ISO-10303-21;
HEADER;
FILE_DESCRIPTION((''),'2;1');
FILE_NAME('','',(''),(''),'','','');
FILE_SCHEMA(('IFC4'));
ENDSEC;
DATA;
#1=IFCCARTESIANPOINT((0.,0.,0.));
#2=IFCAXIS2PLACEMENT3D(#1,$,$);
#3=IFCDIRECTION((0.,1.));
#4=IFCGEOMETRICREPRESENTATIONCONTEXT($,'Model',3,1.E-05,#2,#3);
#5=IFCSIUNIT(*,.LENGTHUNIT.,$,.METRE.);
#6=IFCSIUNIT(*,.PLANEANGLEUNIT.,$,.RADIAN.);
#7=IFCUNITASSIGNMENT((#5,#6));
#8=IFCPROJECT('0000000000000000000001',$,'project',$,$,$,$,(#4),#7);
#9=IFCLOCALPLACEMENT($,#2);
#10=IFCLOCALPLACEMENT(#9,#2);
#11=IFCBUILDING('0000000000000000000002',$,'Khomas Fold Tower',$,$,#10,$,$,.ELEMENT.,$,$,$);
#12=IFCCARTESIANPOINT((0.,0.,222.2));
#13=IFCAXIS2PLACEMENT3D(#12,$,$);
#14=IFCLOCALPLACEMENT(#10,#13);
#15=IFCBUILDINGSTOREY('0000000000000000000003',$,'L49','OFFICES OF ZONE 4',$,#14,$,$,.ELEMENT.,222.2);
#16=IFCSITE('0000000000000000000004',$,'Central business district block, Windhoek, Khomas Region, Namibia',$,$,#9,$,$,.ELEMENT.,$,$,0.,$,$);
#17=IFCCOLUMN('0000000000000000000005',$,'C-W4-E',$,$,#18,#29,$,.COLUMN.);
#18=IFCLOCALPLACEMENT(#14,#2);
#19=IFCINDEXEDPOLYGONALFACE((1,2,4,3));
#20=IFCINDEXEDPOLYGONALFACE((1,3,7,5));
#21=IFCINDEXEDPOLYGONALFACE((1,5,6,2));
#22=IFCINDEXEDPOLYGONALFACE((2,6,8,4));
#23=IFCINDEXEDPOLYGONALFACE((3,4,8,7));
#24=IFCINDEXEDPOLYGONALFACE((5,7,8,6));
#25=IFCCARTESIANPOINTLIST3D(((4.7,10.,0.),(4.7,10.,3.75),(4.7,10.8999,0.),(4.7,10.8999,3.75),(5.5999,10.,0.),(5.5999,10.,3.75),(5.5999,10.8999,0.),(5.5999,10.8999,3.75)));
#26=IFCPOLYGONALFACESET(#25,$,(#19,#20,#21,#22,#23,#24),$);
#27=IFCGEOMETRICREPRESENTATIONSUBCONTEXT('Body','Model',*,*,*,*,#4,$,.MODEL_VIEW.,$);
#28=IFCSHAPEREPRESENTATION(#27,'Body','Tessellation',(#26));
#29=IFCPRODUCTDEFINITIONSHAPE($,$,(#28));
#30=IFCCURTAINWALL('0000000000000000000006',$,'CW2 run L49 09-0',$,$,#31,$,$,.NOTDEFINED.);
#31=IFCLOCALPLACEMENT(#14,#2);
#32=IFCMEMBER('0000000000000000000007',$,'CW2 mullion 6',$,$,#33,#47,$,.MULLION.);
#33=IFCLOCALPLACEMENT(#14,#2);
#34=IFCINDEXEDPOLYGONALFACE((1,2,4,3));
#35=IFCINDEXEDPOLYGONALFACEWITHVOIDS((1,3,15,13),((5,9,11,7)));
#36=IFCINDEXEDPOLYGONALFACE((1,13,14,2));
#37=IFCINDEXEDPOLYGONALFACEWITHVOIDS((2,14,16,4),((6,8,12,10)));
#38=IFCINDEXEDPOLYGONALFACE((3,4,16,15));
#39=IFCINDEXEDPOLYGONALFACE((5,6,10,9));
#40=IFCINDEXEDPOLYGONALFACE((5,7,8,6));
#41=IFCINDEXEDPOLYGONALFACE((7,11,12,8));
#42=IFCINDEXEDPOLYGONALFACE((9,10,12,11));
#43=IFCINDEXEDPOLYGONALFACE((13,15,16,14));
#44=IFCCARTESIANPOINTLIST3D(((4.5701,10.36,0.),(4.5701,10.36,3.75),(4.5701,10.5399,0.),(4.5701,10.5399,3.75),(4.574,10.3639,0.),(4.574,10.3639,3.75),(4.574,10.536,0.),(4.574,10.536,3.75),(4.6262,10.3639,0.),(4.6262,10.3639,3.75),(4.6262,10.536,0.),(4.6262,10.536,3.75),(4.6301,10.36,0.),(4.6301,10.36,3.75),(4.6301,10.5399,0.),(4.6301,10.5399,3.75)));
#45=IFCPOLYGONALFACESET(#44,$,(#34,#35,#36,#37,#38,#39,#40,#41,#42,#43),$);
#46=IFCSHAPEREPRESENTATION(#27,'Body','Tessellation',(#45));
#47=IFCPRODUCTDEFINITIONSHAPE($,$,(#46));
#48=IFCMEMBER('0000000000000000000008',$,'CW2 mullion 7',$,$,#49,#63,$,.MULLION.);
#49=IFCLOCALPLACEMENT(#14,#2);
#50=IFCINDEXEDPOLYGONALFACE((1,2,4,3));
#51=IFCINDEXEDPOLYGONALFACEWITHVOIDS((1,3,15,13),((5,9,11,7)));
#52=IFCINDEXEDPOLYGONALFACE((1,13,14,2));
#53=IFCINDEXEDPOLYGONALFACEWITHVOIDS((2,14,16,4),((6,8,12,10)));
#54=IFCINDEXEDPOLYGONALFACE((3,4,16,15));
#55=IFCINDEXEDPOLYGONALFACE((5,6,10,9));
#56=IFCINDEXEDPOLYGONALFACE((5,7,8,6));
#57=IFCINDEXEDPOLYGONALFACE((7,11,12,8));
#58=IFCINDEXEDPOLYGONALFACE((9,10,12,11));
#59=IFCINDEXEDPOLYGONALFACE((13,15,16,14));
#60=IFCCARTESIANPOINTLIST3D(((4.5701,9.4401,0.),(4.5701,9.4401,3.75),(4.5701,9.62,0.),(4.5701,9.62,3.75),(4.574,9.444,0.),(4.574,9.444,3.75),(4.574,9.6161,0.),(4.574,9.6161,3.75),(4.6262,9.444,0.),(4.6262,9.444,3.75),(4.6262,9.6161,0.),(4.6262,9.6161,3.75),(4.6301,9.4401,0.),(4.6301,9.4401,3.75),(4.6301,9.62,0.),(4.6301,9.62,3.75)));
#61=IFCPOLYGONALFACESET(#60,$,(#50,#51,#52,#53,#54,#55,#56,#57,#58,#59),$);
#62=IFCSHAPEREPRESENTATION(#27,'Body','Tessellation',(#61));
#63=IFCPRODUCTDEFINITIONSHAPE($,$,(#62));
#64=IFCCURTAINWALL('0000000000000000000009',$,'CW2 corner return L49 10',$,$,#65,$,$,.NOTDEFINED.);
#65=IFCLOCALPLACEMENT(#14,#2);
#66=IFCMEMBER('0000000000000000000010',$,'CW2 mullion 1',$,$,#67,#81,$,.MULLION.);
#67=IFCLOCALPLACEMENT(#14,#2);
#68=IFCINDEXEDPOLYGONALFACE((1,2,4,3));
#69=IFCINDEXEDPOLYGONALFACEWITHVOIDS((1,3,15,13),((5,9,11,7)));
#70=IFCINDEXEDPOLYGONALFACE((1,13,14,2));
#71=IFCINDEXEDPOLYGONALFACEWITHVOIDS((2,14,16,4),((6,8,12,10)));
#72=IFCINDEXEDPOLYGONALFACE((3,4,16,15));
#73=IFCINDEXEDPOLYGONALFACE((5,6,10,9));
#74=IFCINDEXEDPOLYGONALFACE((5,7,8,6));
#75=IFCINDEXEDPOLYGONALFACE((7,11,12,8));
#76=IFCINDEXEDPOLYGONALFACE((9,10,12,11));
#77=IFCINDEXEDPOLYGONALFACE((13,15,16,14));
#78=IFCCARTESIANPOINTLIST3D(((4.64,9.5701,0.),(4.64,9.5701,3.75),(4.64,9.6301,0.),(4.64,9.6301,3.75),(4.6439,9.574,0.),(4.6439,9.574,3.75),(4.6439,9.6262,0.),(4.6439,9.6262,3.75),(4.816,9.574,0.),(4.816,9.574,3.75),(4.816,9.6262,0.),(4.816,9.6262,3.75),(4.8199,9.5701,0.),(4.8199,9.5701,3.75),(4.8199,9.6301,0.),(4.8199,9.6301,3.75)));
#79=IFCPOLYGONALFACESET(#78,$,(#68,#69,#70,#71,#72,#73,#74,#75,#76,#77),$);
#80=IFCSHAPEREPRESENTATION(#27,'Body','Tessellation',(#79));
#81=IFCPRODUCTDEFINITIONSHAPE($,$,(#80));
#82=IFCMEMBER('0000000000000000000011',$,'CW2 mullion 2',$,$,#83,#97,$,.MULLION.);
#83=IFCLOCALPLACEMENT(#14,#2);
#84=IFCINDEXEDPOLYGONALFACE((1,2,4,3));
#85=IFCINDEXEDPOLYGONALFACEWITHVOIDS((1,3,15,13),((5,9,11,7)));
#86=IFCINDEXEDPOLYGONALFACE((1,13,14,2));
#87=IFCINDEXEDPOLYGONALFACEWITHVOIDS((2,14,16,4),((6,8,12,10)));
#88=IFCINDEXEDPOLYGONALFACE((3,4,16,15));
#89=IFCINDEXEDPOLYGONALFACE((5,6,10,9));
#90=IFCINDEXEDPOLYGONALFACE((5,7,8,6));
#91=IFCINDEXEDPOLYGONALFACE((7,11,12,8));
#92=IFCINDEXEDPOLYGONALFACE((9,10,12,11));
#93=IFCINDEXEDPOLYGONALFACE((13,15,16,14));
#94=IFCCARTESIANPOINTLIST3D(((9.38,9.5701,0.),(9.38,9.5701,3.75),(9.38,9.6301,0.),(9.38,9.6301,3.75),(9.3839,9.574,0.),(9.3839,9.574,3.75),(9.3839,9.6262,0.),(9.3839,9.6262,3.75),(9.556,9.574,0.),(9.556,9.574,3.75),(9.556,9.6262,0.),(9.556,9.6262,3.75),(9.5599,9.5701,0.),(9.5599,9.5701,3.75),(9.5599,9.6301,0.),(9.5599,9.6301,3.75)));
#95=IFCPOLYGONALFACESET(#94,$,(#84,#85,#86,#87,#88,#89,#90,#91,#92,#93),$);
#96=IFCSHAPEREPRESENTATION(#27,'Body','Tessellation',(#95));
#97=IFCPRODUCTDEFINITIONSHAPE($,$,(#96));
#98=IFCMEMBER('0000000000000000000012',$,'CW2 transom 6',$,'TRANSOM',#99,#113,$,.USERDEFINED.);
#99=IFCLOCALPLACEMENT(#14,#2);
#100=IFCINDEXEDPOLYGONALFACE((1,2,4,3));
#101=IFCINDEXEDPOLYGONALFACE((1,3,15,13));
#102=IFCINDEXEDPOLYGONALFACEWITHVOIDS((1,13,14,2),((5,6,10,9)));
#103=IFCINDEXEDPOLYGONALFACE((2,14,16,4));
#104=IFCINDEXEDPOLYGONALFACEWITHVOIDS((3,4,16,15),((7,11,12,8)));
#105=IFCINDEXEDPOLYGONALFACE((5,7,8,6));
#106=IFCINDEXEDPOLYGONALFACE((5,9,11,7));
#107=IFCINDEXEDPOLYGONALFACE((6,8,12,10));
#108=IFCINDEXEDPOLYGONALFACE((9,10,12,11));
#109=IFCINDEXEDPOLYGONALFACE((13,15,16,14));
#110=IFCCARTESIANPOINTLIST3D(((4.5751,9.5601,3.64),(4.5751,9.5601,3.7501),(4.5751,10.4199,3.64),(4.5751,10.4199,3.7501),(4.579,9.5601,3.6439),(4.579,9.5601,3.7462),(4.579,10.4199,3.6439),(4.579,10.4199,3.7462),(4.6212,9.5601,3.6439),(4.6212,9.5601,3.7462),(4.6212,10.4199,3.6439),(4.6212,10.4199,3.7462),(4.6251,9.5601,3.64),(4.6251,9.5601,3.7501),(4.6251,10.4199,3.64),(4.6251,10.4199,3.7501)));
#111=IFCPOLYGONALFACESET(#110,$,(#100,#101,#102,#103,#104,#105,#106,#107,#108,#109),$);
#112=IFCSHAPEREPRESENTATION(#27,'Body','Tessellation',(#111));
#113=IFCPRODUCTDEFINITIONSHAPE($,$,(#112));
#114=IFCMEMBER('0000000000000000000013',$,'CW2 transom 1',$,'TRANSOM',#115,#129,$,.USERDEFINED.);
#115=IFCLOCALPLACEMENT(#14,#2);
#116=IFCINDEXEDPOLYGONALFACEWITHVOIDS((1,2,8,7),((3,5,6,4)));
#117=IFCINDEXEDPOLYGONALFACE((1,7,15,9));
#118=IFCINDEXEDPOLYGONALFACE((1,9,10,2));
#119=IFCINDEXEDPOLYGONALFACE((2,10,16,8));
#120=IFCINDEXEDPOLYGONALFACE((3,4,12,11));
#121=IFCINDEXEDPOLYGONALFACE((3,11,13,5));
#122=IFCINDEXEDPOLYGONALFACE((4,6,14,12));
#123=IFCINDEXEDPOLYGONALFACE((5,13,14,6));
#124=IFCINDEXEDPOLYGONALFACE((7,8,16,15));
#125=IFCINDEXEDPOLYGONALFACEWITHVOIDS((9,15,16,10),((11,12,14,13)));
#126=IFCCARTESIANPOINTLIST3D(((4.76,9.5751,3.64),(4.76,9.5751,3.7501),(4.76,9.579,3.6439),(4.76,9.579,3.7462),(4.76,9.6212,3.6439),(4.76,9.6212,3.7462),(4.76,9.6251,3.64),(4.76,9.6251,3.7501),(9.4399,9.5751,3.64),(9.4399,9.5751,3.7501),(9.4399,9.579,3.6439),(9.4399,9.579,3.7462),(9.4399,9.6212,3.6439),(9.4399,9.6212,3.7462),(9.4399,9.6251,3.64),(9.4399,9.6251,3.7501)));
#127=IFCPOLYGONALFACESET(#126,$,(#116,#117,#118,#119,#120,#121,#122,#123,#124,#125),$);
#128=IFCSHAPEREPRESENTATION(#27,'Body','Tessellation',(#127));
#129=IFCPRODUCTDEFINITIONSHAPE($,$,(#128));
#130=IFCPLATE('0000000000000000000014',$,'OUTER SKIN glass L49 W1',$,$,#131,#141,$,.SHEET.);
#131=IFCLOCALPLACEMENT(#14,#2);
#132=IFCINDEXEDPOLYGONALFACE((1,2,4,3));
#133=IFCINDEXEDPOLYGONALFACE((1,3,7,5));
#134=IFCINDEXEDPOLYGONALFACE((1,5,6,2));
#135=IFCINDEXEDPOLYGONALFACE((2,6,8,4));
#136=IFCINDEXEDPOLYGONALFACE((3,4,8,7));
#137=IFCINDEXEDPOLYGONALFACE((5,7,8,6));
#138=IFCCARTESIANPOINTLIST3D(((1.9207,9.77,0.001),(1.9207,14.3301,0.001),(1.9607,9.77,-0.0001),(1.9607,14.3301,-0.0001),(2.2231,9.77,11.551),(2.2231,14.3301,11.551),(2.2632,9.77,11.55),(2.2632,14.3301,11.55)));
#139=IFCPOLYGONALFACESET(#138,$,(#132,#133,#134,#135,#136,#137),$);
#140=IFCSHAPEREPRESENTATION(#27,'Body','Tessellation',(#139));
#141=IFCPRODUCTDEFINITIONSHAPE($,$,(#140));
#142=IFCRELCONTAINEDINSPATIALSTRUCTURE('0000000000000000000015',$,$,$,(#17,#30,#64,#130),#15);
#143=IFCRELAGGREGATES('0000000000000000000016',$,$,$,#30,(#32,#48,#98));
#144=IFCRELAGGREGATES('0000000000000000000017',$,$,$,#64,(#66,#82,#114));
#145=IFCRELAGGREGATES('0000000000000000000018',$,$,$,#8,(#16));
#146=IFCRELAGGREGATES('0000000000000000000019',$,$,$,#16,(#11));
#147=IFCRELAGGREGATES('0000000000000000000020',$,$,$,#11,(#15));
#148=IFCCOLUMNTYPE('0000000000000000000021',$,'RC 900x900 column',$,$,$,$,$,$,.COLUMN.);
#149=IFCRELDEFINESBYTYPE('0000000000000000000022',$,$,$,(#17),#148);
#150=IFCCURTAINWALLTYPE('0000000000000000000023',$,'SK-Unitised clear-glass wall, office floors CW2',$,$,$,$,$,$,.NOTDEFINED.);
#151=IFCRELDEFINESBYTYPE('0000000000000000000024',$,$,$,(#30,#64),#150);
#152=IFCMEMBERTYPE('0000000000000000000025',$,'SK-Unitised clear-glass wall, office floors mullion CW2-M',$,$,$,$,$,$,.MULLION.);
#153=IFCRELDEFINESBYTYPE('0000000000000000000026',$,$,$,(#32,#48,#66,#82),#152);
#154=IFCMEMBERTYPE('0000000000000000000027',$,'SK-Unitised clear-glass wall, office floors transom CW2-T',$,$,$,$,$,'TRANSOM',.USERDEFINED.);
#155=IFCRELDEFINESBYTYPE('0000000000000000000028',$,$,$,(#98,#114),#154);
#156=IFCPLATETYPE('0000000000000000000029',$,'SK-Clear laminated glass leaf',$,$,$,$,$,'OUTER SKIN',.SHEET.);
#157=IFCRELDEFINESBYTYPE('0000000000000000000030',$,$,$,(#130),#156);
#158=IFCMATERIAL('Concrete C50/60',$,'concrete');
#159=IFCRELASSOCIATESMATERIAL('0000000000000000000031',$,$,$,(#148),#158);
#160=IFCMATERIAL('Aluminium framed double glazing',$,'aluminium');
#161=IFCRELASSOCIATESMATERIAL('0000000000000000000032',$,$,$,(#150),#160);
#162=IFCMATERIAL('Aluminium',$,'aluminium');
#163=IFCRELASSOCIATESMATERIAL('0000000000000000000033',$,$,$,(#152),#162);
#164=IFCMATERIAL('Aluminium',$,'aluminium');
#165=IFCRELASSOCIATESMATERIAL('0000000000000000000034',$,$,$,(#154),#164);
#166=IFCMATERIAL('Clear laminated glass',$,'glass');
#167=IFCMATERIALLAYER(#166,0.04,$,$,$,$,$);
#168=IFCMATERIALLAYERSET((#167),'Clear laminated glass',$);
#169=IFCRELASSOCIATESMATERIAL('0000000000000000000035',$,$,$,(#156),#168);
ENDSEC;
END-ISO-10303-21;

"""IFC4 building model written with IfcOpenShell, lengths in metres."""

from ifc_helpers import new_model, si_unit, direction, frame, origin, origin_2d, place, context, subcontext, project, spatial, polyline, rectangle, hollow_rectangle, outline, extrude, source, transform, mapped, material, layer, layer_set, material_profile, profile_set, type_object, element, aggregate, save


model = new_model("IFC4")

# Units and contexts
model_context = context("Model", 3, precision=1e-05, world=origin(), true_north=direction((0.0, 1.0)))
body_context = subcontext(model_context, "Body", "Model", "MODEL_VIEW")
ifc_project = project(units=[si_unit("LENGTHUNIT", "METRE"), si_unit("PLANEANGLEUNIT", "RADIAN")], contexts=[model_context])

# Site, building, storey
site_placement = place(None, origin())
site = spatial("IfcSite", under=ifc_project, at=site_placement, Name="Central business district block, Windhoek, Khomas Region, Namibia", CompositionType="ELEMENT", RefElevation=0.0)
building_placement = place(site_placement, origin())
building = spatial("IfcBuilding", under=site, at=building_placement, Name="Khomas Fold Tower", CompositionType="ELEMENT")
storey_placement = place(building_placement, frame((0.0, 0.0, 222.2)))
storey = spatial("IfcBuildingStorey", under=building, at=storey_placement, Name="L49", Description="OFFICES OF ZONE 4", CompositionType="ELEMENT", Elevation=222.2)

# Column
ifc_material_1 = material(Name="Concrete C50/60", Category="concrete")
ifc_material_profile_1 = material_profile(ifc_material_1, rectangle(XDim=0.8999, YDim=0.8999, at=origin_2d()), Name="RC 900x900")
ifc_profile_set_1 = profile_set([ifc_material_profile_1], Name="Concrete C50/60")
column_type = type_object("IfcColumnType", Name="RC 900x900 column", PredefinedType="COLUMN", material=ifc_profile_set_1)
shared_shape_1 = source(origin(), body_context, "Body", "SweptSolid", [
    extrude(rectangle(XDim=0.8999, YDim=0.8999, at=origin_2d()), origin(), (0.0, 0.0, 1.0), 3.75),
])
column_placement = place(storey_placement, frame((5.1499, 10.45, 0.0), z_axis=(0.0, 0.0, 1.0), x_axis=(1.0, 0.0, 0.0)))
element("IfcColumn", 1, at=column_placement, inside=storey, type_object=column_type, Name="C-W4-E", PredefinedType="COLUMN", context=body_context, shape_type="MappedRepresentation", body=[
    mapped(shared_shape_1, transform((0.0, 0.0, 0.0))),
])

# Curtain walls, members
ifc_material_2 = material(Name="Aluminium framed double glazing", Category="aluminium")
curtain_wall_type = type_object("IfcCurtainWallType", Name="SK-Unitised clear-glass wall, office floors CW2", PredefinedType="NOTDEFINED", material=ifc_material_2)
curtain_wall_1_placement = place(storey_placement, origin())
curtain_wall_1 = element("IfcCurtainWall", 2, at=curtain_wall_1_placement, inside=storey, type_object=curtain_wall_type, Name="CW2 run L49 09-0", PredefinedType="NOTDEFINED")
ifc_material_3 = material(Name="Aluminium", Category="aluminium")
ifc_material_profile_2 = material_profile(ifc_material_3, hollow_rectangle(XDim=0.0601, YDim=0.1799, WallThickness=0.0039, at=origin_2d()), Name="SK-Unitised clear-glass wall, office floors mullion CW2-M")
ifc_profile_set_2 = profile_set([ifc_material_profile_2], Name="Aluminium")
member_type_1 = type_object("IfcMemberType", Name="SK-Unitised clear-glass wall, office floors mullion CW2-M", PredefinedType="MULLION", material=ifc_profile_set_2)
shared_shape_2 = source(origin(), body_context, "Body", "SweptSolid", [
    extrude(hollow_rectangle(XDim=0.0601, YDim=0.1799, WallThickness=0.0039, at=origin_2d()), origin(), (0.0, 0.0, 1.0), 3.75),
])
member_1_placement = place(storey_placement, frame((4.6001, 10.45, 0.0), z_axis=(0.0, 0.0, 1.0), x_axis=(1.0, 0.0, 0.0)))
member_1 = element("IfcMember", 3, at=member_1_placement, type_object=member_type_1, Name="CW2 mullion 6", PredefinedType="MULLION", context=body_context, shape_type="MappedRepresentation", body=[
    mapped(shared_shape_2, transform((0.0, 0.0, 0.0))),
])
member_2_placement = place(storey_placement, frame((4.6001, 9.53, 0.0), z_axis=(0.0, 0.0, 1.0), x_axis=(1.0, 0.0, 0.0)))
member_2 = element("IfcMember", 4, at=member_2_placement, type_object=member_type_1, Name="CW2 mullion 7", PredefinedType="MULLION", context=body_context, shape_type="MappedRepresentation", body=[
    mapped(shared_shape_2, transform((0.0, 0.0, 0.0))),
])
curtain_wall_2_placement = place(storey_placement, origin())
curtain_wall_2 = element("IfcCurtainWall", 5, at=curtain_wall_2_placement, inside=storey, type_object=curtain_wall_type, Name="CW2 corner return L49 10", PredefinedType="NOTDEFINED")
member_3_placement = place(storey_placement, frame((4.73, 9.6001, 0.0), z_axis=(0.0, 0.0, 1.0), x_axis=(0.0, 1.0, 0.0)))
member_3 = element("IfcMember", 6, at=member_3_placement, type_object=member_type_1, Name="CW2 mullion 1", PredefinedType="MULLION", context=body_context, shape_type="MappedRepresentation", body=[
    mapped(shared_shape_2, transform((0.0, 0.0, 0.0))),
])
member_4_placement = place(storey_placement, frame((9.47, 9.6001, 0.0), z_axis=(0.0, 0.0, 1.0), x_axis=(0.0, 1.0, 0.0)))
member_4 = element("IfcMember", 7, at=member_4_placement, type_object=member_type_1, Name="CW2 mullion 2", PredefinedType="MULLION", context=body_context, shape_type="MappedRepresentation", body=[
    mapped(shared_shape_2, transform((0.0, 0.0, 0.0))),
])

# Members
ifc_material_4 = material(Name="Aluminium", Category="aluminium")
ifc_material_profile_3 = material_profile(ifc_material_4, hollow_rectangle(XDim=0.05, YDim=0.1101, WallThickness=0.0039, at=origin_2d()), Name="SK-Unitised clear-glass wall, office floors transom CW2-T")
ifc_profile_set_3 = profile_set([ifc_material_profile_3], Name="Aluminium")
member_type_2 = type_object("IfcMemberType", Name="SK-Unitised clear-glass wall, office floors transom CW2-T", ElementType="TRANSOM", PredefinedType="USERDEFINED", material=ifc_profile_set_3)
shared_shape_3 = source(origin(), body_context, "Body", "SweptSolid", [
    extrude(hollow_rectangle(XDim=0.05, YDim=0.1101, WallThickness=0.0039, at=origin_2d()), origin(), (0.0, 0.0, 1.0), 0.8599),
])
member_5_placement = place(storey_placement, frame((4.6001, 10.4199, 3.6951), z_axis=(0.0, -1.0, 0.0), x_axis=(1.0, 0.0, 0.0)))
member_5 = element("IfcMember", 8, at=member_5_placement, type_object=member_type_2, Name="CW2 transom 6", ObjectType="TRANSOM", PredefinedType="USERDEFINED", context=body_context, shape_type="MappedRepresentation", body=[
    mapped(shared_shape_3, transform((0.0, 0.0, 0.0))),
])
shared_shape_4 = source(origin(), body_context, "Body", "SweptSolid", [
    extrude(hollow_rectangle(XDim=0.05, YDim=0.1101, WallThickness=0.0039, at=origin_2d()), origin(), (0.0, 0.0, 1.0), 4.6799),
])
member_6_placement = place(storey_placement, frame((4.76, 9.6001, 3.6951), z_axis=(1.0, 0.0, 0.0), x_axis=(0.0, 1.0, 0.0)))
member_6 = element("IfcMember", 9, at=member_6_placement, type_object=member_type_2, Name="CW2 transom 1", ObjectType="TRANSOM", PredefinedType="USERDEFINED", context=body_context, shape_type="MappedRepresentation", body=[
    mapped(shared_shape_4, transform((0.0, 0.0, 0.0))),
])

# Plate
ifc_material_5 = material(Name="Clear laminated glass", Category="glass")
ifc_layer_1 = layer(ifc_material_5, 0.04)
ifc_layer_set_1 = layer_set([ifc_layer_1], Name="Clear laminated glass")
plate_type_1 = type_object("IfcPlateType", Name="SK-Clear laminated glass leaf", ElementType="OUTER SKIN", PredefinedType="SHEET", material=ifc_layer_set_1)
plate_1_placement = place(storey_placement, frame((1.9207, 9.77, 0.001), z_axis=(-0.999657, 0.0, 0.026181), x_axis=(0.0, 1.0, 0.0)))
element("IfcPlate", 10, at=plate_1_placement, inside=storey, type_object=plate_type_1, Name="OUTER SKIN glass L49 W1", PredefinedType="SHEET", context=body_context, shape_type="SweptSolid", body=[
    extrude(outline(polyline([(0.0, 0.0), (4.5601, 0.0), (4.5601, -11.554), (0.0, -11.554), (0.0, 0.0)])), origin(), (0.0, 0.0, -1.0), 0.04),
])

aggregate(curtain_wall_1, [member_1, member_2, member_5])
aggregate(curtain_wall_2, [member_3, member_4, member_6])

save(model, "model.ifc")
